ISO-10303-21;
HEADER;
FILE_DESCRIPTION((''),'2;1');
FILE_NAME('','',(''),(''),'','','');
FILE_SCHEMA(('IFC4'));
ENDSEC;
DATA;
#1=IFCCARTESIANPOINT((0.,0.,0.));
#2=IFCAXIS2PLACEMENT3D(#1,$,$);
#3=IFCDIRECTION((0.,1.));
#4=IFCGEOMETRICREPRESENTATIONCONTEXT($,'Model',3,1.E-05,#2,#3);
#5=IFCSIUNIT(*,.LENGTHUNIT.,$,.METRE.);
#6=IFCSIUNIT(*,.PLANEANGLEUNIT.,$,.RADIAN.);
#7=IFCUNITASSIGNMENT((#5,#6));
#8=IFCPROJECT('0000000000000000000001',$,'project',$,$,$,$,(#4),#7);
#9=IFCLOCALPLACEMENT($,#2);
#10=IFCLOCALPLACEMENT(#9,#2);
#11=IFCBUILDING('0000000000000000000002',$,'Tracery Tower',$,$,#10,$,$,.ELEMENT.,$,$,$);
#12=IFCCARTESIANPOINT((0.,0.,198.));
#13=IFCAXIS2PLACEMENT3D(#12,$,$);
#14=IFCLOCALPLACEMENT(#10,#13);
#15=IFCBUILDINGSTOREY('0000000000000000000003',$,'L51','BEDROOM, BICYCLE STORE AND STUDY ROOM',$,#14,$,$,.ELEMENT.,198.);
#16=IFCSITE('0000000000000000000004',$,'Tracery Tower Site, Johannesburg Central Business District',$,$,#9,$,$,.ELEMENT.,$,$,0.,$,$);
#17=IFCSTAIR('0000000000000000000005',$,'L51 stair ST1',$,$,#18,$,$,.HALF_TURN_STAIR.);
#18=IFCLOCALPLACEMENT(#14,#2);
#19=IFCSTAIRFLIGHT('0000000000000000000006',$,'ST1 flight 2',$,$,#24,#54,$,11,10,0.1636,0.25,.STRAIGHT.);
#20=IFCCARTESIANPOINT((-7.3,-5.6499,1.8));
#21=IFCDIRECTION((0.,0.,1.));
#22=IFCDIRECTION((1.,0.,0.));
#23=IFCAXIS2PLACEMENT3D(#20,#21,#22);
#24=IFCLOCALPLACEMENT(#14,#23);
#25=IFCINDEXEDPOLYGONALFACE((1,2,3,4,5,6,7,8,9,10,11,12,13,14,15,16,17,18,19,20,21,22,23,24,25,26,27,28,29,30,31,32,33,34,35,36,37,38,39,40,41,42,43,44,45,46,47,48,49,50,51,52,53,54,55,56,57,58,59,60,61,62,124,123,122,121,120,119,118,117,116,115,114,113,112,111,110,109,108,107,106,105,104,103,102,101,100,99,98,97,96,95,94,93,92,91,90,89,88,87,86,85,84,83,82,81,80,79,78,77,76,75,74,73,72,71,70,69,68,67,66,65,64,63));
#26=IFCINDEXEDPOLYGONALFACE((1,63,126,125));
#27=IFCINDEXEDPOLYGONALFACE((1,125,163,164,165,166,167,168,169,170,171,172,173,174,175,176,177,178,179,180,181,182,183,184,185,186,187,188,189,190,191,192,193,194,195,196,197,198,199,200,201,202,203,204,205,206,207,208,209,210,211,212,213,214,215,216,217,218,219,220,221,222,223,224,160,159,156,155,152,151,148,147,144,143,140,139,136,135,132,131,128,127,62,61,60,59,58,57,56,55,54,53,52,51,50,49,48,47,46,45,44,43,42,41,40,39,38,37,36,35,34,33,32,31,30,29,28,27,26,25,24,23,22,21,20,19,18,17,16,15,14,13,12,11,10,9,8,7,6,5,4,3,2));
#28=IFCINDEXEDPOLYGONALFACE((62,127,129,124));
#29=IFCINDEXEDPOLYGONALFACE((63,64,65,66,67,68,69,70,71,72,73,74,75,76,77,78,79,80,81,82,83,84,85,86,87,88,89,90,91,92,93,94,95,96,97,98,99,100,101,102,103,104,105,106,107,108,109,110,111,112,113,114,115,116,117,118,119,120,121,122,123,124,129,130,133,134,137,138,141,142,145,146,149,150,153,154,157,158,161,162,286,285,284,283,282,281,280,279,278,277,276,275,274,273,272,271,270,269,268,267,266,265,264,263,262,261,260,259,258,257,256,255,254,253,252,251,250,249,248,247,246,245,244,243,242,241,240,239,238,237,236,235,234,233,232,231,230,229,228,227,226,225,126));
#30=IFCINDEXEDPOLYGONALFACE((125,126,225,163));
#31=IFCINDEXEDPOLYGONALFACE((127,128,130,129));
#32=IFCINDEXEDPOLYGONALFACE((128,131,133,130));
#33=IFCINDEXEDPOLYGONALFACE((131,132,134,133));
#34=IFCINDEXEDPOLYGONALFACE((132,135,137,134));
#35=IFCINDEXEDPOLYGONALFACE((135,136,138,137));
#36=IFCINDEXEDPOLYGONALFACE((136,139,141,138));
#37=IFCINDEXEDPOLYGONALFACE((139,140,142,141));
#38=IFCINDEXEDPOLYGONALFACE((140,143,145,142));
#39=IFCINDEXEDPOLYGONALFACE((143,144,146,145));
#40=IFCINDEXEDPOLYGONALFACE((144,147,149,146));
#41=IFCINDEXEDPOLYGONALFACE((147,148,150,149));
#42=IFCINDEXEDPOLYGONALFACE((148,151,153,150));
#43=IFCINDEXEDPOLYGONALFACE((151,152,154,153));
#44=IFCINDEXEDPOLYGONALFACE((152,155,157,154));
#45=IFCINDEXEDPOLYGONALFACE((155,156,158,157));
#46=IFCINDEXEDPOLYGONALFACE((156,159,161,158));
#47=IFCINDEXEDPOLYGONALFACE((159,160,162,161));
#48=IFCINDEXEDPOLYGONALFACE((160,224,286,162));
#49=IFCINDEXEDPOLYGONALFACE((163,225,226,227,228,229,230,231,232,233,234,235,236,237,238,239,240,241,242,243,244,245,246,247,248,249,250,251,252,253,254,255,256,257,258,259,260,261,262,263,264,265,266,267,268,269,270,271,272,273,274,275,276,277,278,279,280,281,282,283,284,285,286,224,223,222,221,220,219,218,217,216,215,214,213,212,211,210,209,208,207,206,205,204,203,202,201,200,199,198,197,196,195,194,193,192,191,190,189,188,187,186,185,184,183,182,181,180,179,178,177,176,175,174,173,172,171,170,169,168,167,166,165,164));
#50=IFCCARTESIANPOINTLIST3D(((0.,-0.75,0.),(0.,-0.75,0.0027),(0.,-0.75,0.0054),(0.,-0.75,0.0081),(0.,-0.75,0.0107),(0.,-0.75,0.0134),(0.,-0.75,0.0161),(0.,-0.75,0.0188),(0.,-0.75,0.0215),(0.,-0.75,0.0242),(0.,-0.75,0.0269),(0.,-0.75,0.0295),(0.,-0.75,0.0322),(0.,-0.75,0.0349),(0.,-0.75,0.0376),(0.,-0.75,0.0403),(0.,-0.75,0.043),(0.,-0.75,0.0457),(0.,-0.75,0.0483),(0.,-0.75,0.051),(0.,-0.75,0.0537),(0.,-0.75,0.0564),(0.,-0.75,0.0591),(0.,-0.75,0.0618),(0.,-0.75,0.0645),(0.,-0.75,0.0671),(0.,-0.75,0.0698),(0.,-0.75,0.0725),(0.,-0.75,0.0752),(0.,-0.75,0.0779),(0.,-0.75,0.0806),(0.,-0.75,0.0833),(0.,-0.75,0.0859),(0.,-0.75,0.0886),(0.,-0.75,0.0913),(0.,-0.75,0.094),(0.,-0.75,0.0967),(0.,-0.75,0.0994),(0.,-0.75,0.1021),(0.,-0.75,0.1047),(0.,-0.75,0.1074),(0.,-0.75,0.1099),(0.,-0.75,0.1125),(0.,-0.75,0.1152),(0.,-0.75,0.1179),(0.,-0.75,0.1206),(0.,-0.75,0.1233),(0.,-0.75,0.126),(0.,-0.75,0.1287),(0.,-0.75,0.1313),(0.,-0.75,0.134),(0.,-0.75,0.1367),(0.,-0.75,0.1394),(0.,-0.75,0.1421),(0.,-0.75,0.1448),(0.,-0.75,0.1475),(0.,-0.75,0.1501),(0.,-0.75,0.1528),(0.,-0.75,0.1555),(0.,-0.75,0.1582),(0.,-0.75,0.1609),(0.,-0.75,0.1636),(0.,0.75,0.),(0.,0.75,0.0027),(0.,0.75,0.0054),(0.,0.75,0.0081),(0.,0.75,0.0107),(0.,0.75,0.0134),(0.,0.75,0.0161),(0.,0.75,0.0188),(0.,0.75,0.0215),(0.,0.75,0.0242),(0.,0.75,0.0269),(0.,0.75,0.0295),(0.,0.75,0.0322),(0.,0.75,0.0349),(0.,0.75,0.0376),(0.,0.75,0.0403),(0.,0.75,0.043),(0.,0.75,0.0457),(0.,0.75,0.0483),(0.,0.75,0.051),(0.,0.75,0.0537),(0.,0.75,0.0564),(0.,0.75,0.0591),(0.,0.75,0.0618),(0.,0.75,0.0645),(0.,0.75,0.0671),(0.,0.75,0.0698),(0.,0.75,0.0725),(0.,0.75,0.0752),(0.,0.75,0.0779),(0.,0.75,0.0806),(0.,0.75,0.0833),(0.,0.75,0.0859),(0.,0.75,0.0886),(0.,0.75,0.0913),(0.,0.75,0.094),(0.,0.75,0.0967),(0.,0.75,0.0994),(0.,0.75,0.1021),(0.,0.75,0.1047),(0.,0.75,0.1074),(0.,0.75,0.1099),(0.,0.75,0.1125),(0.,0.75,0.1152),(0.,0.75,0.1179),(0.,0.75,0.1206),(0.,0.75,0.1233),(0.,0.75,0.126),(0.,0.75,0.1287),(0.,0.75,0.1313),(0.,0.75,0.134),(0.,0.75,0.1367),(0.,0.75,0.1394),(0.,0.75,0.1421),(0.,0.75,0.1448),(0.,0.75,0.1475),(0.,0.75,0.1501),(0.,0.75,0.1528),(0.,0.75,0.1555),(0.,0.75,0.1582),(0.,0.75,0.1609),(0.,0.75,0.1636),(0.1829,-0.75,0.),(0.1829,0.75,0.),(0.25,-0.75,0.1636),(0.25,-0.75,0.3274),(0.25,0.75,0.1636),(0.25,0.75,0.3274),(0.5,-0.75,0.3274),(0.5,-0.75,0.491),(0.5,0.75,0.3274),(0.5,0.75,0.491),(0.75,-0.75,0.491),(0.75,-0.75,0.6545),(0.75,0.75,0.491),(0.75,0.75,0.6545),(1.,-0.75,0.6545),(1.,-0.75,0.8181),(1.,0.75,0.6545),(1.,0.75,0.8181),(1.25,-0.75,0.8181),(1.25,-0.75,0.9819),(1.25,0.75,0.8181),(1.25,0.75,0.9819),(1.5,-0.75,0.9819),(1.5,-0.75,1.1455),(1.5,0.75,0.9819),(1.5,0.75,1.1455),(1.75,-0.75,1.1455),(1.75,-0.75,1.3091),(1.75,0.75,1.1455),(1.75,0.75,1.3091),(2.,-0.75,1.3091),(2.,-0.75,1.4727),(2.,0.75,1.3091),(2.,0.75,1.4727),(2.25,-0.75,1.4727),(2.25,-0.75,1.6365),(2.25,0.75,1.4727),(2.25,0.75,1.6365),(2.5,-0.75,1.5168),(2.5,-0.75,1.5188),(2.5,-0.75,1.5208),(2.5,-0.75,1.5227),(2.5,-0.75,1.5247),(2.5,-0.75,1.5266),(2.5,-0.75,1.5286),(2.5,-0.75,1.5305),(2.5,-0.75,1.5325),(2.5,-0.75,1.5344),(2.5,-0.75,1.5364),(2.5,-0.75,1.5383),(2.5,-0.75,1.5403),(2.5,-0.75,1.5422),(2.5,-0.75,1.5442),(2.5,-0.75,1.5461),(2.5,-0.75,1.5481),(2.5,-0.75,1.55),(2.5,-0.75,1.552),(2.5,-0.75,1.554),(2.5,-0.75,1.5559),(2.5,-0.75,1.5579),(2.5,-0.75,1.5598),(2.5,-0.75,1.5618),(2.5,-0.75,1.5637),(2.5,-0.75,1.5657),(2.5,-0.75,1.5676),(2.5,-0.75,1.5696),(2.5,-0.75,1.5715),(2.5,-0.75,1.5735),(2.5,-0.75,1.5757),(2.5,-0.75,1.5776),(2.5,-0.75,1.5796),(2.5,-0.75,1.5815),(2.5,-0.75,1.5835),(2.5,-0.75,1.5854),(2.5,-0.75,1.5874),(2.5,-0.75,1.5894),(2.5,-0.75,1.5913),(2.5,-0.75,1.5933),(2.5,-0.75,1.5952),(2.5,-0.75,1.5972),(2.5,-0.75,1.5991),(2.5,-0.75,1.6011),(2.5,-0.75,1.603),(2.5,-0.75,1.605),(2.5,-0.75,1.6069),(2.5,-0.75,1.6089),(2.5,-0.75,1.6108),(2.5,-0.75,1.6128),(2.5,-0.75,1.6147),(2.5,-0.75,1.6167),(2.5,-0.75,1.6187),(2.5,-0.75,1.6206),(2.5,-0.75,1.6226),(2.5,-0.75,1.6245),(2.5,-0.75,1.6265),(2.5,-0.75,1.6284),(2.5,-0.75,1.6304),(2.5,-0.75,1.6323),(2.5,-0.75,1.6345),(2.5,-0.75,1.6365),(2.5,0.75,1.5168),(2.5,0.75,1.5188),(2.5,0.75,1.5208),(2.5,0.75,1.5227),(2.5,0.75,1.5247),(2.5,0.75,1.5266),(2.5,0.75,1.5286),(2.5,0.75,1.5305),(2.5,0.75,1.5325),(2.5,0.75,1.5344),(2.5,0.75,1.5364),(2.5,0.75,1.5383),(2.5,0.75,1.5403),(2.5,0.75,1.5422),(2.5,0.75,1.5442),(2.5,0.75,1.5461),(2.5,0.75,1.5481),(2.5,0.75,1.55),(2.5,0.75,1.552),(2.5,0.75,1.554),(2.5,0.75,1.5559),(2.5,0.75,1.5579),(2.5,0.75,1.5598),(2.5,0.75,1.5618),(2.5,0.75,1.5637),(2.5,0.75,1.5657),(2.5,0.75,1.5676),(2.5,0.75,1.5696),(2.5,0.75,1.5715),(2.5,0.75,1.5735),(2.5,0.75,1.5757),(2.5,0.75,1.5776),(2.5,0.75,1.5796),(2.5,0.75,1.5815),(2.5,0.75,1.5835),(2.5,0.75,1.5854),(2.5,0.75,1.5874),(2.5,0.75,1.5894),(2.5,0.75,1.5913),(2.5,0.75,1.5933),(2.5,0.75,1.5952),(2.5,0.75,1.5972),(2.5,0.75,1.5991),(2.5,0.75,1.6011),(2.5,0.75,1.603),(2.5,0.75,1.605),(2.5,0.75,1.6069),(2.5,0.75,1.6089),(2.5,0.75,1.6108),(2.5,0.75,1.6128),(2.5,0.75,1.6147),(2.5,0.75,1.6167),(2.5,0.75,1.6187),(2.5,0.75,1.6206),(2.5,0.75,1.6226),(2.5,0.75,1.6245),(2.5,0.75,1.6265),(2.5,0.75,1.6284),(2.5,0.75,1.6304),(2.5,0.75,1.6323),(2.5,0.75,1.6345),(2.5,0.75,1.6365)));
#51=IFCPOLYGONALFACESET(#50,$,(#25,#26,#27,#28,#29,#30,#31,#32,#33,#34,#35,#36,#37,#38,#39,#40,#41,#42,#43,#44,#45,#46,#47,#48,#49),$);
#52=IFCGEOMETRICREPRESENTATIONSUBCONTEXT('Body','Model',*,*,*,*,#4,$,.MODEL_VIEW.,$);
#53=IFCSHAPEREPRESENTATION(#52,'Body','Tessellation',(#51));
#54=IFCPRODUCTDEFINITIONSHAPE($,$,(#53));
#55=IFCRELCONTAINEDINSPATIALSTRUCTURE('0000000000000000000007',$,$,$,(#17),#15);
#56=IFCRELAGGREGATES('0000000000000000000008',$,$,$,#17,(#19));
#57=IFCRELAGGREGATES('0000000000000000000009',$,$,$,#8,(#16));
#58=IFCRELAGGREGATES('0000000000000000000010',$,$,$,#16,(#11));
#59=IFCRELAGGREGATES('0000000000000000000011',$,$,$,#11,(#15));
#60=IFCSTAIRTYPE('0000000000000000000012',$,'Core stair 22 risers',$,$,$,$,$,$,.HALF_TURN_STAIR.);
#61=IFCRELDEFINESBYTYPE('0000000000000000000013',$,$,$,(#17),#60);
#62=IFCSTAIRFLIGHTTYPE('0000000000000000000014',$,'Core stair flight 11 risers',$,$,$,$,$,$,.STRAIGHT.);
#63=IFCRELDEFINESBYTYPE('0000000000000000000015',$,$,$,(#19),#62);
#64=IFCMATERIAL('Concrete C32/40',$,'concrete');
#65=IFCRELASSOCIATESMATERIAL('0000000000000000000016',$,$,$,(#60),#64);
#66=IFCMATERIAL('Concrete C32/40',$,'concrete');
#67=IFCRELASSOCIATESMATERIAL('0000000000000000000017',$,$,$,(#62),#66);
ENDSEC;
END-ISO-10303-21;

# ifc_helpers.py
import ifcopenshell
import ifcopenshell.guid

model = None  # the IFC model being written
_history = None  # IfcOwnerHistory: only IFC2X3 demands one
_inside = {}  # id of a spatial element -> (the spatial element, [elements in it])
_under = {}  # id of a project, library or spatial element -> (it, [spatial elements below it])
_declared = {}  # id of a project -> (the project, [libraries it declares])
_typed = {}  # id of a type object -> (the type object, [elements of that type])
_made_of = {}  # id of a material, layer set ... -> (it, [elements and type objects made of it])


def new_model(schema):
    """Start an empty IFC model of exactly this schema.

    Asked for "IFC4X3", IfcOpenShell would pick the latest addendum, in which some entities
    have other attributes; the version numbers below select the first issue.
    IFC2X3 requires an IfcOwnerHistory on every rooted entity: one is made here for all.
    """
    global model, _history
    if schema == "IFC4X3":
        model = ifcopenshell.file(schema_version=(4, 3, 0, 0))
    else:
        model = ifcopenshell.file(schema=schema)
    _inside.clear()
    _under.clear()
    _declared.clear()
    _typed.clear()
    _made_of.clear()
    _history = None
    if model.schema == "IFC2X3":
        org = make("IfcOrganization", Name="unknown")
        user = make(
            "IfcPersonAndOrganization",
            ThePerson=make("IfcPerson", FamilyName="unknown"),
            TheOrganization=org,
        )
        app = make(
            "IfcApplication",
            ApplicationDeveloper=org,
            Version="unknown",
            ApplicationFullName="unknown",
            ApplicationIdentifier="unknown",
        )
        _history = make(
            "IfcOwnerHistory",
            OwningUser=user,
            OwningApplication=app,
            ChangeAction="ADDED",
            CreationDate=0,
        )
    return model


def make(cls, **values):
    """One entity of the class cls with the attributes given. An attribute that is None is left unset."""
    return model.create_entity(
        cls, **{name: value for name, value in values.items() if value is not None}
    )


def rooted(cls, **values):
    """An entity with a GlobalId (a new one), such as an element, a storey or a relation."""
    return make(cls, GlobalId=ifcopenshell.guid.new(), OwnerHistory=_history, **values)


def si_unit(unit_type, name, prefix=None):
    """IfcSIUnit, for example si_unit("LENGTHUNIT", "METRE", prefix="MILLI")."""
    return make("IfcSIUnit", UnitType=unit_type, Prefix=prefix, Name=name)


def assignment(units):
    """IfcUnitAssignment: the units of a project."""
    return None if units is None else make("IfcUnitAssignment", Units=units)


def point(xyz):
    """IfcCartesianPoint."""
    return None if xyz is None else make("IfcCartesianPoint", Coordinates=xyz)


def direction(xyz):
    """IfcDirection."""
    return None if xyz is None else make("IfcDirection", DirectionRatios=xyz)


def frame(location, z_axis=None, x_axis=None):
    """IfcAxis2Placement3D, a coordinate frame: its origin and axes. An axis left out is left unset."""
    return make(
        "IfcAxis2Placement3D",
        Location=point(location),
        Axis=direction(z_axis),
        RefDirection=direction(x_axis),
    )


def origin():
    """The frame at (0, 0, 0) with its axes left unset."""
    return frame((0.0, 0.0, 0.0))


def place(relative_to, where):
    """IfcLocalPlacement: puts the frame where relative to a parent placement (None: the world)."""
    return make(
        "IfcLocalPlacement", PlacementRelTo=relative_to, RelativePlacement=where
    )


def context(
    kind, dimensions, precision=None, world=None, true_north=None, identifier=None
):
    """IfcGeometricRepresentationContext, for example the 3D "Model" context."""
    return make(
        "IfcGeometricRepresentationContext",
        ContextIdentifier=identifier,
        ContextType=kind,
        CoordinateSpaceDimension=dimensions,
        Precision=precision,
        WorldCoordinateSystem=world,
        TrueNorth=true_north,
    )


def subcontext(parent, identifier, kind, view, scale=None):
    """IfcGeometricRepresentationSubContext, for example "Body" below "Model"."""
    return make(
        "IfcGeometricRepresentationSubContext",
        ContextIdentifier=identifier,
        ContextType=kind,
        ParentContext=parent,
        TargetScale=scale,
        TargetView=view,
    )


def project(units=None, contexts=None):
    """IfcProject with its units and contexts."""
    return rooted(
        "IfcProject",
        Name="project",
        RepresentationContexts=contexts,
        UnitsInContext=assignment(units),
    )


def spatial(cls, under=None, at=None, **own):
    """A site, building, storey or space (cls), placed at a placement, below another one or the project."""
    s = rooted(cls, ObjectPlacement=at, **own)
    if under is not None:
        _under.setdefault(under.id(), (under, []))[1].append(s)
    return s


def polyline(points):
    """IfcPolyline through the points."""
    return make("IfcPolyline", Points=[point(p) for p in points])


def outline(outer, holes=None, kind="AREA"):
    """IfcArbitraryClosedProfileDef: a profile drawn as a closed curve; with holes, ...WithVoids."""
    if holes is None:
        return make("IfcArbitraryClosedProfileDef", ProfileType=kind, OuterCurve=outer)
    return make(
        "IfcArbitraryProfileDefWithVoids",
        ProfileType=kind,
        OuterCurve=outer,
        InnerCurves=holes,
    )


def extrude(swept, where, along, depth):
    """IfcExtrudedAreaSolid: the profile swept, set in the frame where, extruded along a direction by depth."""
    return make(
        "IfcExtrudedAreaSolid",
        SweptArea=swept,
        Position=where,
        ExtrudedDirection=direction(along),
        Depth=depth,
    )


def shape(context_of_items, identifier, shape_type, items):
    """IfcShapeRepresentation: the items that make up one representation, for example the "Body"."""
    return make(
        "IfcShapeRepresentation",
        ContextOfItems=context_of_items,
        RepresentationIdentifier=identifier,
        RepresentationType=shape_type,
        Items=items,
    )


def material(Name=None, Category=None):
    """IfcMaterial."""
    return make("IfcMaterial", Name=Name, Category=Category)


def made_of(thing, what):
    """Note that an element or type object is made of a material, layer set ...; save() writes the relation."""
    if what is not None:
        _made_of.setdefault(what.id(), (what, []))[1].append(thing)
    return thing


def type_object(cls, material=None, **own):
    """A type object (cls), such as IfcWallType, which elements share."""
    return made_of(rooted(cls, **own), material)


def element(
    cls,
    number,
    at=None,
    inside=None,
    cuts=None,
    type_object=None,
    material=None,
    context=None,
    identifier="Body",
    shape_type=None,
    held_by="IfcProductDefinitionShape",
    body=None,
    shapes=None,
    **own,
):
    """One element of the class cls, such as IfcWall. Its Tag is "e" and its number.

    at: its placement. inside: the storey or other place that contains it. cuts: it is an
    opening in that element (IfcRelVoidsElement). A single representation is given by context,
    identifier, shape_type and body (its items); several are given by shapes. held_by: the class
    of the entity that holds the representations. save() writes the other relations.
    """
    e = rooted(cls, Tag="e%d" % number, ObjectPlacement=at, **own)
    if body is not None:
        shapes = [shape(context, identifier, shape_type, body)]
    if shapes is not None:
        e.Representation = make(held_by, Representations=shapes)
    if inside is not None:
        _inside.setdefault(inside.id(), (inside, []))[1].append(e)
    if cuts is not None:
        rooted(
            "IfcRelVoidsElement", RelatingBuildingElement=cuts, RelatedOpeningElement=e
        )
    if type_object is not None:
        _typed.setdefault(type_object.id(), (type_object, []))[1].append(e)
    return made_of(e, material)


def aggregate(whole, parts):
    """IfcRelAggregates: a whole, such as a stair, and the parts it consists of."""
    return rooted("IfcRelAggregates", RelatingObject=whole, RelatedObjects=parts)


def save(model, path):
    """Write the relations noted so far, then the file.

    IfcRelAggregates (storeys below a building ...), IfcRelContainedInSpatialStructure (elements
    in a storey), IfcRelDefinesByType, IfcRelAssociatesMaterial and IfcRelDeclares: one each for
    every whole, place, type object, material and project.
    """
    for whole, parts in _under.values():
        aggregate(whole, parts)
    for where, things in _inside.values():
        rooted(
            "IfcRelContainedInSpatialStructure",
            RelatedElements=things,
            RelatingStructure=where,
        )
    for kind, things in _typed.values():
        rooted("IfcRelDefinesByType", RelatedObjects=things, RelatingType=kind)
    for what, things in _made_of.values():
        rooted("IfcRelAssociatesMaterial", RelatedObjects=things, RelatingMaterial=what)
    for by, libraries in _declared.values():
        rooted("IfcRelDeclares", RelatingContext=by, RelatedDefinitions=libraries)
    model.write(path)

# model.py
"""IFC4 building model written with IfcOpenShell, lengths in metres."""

from ifc_helpers import new_model, si_unit, direction, frame, origin, place, context, subcontext, project, spatial, polyline, outline, extrude, material, type_object, element, aggregate, save


model = new_model("IFC4")

# Units and contexts
model_context = context("Model", 3, precision=1e-05, world=origin(), true_north=direction((0.0, 1.0)))
body_context = subcontext(model_context, "Body", "Model", "MODEL_VIEW")
ifc_project = project(units=[si_unit("LENGTHUNIT", "METRE"), si_unit("PLANEANGLEUNIT", "RADIAN")], contexts=[model_context])

# Site, building, storey
site_placement = place(None, origin())
site = spatial("IfcSite", under=ifc_project, at=site_placement, Name="Tracery Tower Site, Johannesburg Central Business District", CompositionType="ELEMENT", RefElevation=0.0)
building_placement = place(site_placement, origin())
building = spatial("IfcBuilding", under=site, at=building_placement, Name="Tracery Tower", CompositionType="ELEMENT")
storey_placement = place(building_placement, frame((0.0, 0.0, 198.0)))
storey = spatial("IfcBuildingStorey", under=building, at=storey_placement, Name="L51", Description="BEDROOM, BICYCLE STORE AND STUDY ROOM", CompositionType="ELEMENT", Elevation=198.0)

# Stair, stair flight
ifc_material_1 = material(Name="Concrete C32/40", Category="concrete")
stair_type = type_object("IfcStairType", Name="Core stair 22 risers", PredefinedType="HALF_TURN_STAIR", material=ifc_material_1)
stair_placement = place(storey_placement, origin())
stair = element("IfcStair", 1, at=stair_placement, inside=storey, type_object=stair_type, Name="L51 stair ST1", PredefinedType="HALF_TURN_STAIR")
ifc_material_2 = material(Name="Concrete C32/40", Category="concrete")
stair_flight_type = type_object("IfcStairFlightType", Name="Core stair flight 11 risers", PredefinedType="STRAIGHT", material=ifc_material_2)
stair_flight_1_placement = place(storey_placement, frame((-7.3, -5.6499, 1.8), z_axis=(0.0, 0.0, 1.0), x_axis=(1.0, 0.0, 0.0)))
stair_flight_1 = element("IfcStairFlight", 2, at=stair_flight_1_placement, type_object=stair_flight_type, Name="ST1 flight 2", NumberOfRisers=11, NumberOfTreads=10, PredefinedType="STRAIGHT", RiserHeight=0.1636, TreadLength=0.25, context=body_context, shape_type="SweptSolid", body=[
    extrude(outline(polyline([(0.0, 0.0), (0.0, 0.0027), (0.0, 0.0054), (0.0, 0.0081), (0.0, 0.0107), (0.0, 0.0134), (0.0, 0.0161), (0.0, 0.0188), (0.0, 0.0215), (0.0, 0.0242), (0.0, 0.0269), (0.0, 0.0295), (0.0, 0.0322), (0.0, 0.0349), (0.0, 0.0376), (0.0, 0.0403), (0.0, 0.043), (0.0, 0.0457), (0.0, 0.0483), (0.0, 0.051), (0.0, 0.0537), (0.0, 0.0564), (0.0, 0.0591), (0.0, 0.0618), (0.0, 0.0645), (0.0, 0.0671), (0.0, 0.0698), (0.0, 0.0725), (0.0, 0.0752), (0.0, 0.0779), (0.0, 0.0806), (0.0, 0.0833), (0.0, 0.0859), (0.0, 0.0886), (0.0, 0.0913), (0.0, 0.094), (0.0, 0.0967), (0.0, 0.0994), (0.0, 0.1021), (0.0, 0.1047), (0.0, 0.1074), (0.0, 0.1099), (0.0, 0.1125), (0.0, 0.1152), (0.0, 0.1179), (0.0, 0.1206), (0.0, 0.1233), (0.0, 0.126), (0.0, 0.1287), (0.0, 0.1313), (0.0, 0.134), (0.0, 0.1367), (0.0, 0.1394), (0.0, 0.1421), (0.0, 0.1448), (0.0, 0.1475), (0.0, 0.1501), (0.0, 0.1528), (0.0, 0.1555), (0.0, 0.1582), (0.0, 0.1609), (0.0, 0.1636), (0.25, 0.1636), (0.25, 0.3274), (0.5, 0.3274), (0.5, 0.491), (0.75, 0.491), (0.75, 0.6545), (1.0, 0.6545), (1.0, 0.8181), (1.25, 0.8181), (1.25, 0.9819), (1.5, 0.9819), (1.5, 1.1455), (1.75, 1.1455), (1.75, 1.3091), (2.0, 1.3091), (2.0, 1.4727), (2.25, 1.4727), (2.25, 1.6365), (2.5, 1.6365), (2.5, 1.6345), (2.5, 1.6323), (2.5, 1.6304), (2.5, 1.6284), (2.5, 1.6265), (2.5, 1.6245), (2.5, 1.6226), (2.5, 1.6206), (2.5, 1.6187), (2.5, 1.6167), (2.5, 1.6147), (2.5, 1.6128), (2.5, 1.6108), (2.5, 1.6089), (2.5, 1.6069), (2.5, 1.605), (2.5, 1.603), (2.5, 1.6011), (2.5, 1.5991), (2.5, 1.5972), (2.5, 1.5952), (2.5, 1.5933), (2.5, 1.5913), (2.5, 1.5894), (2.5, 1.5874), (2.5, 1.5854), (2.5, 1.5835), (2.5, 1.5815), (2.5, 1.5796), (2.5, 1.5776), (2.5, 1.5757), (2.5, 1.5735), (2.5, 1.5715), (2.5, 1.5696), (2.5, 1.5676), (2.5, 1.5657), (2.5, 1.5637), (2.5, 1.5618), (2.5, 1.5598), (2.5, 1.5579), (2.5, 1.5559), (2.5, 1.554), (2.5, 1.552), (2.5, 1.55), (2.5, 1.5481), (2.5, 1.5461), (2.5, 1.5442), (2.5, 1.5422), (2.5, 1.5403), (2.5, 1.5383), (2.5, 1.5364), (2.5, 1.5344), (2.5, 1.5325), (2.5, 1.5305), (2.5, 1.5286), (2.5, 1.5266), (2.5, 1.5247), (2.5, 1.5227), (2.5, 1.5208), (2.5, 1.5188), (2.5, 1.5168), (0.1829, 0.0), (0.0, 0.0)])), frame((0.0, 0.75, 0.0), z_axis=(0.0, -1.0, 0.0), x_axis=(1.0, 0.0, 0.0)), (0.0, 0.0, 1.0), 1.5),
])
aggregate(stair, [stair_flight_1])

save(model, "model.ifc")
